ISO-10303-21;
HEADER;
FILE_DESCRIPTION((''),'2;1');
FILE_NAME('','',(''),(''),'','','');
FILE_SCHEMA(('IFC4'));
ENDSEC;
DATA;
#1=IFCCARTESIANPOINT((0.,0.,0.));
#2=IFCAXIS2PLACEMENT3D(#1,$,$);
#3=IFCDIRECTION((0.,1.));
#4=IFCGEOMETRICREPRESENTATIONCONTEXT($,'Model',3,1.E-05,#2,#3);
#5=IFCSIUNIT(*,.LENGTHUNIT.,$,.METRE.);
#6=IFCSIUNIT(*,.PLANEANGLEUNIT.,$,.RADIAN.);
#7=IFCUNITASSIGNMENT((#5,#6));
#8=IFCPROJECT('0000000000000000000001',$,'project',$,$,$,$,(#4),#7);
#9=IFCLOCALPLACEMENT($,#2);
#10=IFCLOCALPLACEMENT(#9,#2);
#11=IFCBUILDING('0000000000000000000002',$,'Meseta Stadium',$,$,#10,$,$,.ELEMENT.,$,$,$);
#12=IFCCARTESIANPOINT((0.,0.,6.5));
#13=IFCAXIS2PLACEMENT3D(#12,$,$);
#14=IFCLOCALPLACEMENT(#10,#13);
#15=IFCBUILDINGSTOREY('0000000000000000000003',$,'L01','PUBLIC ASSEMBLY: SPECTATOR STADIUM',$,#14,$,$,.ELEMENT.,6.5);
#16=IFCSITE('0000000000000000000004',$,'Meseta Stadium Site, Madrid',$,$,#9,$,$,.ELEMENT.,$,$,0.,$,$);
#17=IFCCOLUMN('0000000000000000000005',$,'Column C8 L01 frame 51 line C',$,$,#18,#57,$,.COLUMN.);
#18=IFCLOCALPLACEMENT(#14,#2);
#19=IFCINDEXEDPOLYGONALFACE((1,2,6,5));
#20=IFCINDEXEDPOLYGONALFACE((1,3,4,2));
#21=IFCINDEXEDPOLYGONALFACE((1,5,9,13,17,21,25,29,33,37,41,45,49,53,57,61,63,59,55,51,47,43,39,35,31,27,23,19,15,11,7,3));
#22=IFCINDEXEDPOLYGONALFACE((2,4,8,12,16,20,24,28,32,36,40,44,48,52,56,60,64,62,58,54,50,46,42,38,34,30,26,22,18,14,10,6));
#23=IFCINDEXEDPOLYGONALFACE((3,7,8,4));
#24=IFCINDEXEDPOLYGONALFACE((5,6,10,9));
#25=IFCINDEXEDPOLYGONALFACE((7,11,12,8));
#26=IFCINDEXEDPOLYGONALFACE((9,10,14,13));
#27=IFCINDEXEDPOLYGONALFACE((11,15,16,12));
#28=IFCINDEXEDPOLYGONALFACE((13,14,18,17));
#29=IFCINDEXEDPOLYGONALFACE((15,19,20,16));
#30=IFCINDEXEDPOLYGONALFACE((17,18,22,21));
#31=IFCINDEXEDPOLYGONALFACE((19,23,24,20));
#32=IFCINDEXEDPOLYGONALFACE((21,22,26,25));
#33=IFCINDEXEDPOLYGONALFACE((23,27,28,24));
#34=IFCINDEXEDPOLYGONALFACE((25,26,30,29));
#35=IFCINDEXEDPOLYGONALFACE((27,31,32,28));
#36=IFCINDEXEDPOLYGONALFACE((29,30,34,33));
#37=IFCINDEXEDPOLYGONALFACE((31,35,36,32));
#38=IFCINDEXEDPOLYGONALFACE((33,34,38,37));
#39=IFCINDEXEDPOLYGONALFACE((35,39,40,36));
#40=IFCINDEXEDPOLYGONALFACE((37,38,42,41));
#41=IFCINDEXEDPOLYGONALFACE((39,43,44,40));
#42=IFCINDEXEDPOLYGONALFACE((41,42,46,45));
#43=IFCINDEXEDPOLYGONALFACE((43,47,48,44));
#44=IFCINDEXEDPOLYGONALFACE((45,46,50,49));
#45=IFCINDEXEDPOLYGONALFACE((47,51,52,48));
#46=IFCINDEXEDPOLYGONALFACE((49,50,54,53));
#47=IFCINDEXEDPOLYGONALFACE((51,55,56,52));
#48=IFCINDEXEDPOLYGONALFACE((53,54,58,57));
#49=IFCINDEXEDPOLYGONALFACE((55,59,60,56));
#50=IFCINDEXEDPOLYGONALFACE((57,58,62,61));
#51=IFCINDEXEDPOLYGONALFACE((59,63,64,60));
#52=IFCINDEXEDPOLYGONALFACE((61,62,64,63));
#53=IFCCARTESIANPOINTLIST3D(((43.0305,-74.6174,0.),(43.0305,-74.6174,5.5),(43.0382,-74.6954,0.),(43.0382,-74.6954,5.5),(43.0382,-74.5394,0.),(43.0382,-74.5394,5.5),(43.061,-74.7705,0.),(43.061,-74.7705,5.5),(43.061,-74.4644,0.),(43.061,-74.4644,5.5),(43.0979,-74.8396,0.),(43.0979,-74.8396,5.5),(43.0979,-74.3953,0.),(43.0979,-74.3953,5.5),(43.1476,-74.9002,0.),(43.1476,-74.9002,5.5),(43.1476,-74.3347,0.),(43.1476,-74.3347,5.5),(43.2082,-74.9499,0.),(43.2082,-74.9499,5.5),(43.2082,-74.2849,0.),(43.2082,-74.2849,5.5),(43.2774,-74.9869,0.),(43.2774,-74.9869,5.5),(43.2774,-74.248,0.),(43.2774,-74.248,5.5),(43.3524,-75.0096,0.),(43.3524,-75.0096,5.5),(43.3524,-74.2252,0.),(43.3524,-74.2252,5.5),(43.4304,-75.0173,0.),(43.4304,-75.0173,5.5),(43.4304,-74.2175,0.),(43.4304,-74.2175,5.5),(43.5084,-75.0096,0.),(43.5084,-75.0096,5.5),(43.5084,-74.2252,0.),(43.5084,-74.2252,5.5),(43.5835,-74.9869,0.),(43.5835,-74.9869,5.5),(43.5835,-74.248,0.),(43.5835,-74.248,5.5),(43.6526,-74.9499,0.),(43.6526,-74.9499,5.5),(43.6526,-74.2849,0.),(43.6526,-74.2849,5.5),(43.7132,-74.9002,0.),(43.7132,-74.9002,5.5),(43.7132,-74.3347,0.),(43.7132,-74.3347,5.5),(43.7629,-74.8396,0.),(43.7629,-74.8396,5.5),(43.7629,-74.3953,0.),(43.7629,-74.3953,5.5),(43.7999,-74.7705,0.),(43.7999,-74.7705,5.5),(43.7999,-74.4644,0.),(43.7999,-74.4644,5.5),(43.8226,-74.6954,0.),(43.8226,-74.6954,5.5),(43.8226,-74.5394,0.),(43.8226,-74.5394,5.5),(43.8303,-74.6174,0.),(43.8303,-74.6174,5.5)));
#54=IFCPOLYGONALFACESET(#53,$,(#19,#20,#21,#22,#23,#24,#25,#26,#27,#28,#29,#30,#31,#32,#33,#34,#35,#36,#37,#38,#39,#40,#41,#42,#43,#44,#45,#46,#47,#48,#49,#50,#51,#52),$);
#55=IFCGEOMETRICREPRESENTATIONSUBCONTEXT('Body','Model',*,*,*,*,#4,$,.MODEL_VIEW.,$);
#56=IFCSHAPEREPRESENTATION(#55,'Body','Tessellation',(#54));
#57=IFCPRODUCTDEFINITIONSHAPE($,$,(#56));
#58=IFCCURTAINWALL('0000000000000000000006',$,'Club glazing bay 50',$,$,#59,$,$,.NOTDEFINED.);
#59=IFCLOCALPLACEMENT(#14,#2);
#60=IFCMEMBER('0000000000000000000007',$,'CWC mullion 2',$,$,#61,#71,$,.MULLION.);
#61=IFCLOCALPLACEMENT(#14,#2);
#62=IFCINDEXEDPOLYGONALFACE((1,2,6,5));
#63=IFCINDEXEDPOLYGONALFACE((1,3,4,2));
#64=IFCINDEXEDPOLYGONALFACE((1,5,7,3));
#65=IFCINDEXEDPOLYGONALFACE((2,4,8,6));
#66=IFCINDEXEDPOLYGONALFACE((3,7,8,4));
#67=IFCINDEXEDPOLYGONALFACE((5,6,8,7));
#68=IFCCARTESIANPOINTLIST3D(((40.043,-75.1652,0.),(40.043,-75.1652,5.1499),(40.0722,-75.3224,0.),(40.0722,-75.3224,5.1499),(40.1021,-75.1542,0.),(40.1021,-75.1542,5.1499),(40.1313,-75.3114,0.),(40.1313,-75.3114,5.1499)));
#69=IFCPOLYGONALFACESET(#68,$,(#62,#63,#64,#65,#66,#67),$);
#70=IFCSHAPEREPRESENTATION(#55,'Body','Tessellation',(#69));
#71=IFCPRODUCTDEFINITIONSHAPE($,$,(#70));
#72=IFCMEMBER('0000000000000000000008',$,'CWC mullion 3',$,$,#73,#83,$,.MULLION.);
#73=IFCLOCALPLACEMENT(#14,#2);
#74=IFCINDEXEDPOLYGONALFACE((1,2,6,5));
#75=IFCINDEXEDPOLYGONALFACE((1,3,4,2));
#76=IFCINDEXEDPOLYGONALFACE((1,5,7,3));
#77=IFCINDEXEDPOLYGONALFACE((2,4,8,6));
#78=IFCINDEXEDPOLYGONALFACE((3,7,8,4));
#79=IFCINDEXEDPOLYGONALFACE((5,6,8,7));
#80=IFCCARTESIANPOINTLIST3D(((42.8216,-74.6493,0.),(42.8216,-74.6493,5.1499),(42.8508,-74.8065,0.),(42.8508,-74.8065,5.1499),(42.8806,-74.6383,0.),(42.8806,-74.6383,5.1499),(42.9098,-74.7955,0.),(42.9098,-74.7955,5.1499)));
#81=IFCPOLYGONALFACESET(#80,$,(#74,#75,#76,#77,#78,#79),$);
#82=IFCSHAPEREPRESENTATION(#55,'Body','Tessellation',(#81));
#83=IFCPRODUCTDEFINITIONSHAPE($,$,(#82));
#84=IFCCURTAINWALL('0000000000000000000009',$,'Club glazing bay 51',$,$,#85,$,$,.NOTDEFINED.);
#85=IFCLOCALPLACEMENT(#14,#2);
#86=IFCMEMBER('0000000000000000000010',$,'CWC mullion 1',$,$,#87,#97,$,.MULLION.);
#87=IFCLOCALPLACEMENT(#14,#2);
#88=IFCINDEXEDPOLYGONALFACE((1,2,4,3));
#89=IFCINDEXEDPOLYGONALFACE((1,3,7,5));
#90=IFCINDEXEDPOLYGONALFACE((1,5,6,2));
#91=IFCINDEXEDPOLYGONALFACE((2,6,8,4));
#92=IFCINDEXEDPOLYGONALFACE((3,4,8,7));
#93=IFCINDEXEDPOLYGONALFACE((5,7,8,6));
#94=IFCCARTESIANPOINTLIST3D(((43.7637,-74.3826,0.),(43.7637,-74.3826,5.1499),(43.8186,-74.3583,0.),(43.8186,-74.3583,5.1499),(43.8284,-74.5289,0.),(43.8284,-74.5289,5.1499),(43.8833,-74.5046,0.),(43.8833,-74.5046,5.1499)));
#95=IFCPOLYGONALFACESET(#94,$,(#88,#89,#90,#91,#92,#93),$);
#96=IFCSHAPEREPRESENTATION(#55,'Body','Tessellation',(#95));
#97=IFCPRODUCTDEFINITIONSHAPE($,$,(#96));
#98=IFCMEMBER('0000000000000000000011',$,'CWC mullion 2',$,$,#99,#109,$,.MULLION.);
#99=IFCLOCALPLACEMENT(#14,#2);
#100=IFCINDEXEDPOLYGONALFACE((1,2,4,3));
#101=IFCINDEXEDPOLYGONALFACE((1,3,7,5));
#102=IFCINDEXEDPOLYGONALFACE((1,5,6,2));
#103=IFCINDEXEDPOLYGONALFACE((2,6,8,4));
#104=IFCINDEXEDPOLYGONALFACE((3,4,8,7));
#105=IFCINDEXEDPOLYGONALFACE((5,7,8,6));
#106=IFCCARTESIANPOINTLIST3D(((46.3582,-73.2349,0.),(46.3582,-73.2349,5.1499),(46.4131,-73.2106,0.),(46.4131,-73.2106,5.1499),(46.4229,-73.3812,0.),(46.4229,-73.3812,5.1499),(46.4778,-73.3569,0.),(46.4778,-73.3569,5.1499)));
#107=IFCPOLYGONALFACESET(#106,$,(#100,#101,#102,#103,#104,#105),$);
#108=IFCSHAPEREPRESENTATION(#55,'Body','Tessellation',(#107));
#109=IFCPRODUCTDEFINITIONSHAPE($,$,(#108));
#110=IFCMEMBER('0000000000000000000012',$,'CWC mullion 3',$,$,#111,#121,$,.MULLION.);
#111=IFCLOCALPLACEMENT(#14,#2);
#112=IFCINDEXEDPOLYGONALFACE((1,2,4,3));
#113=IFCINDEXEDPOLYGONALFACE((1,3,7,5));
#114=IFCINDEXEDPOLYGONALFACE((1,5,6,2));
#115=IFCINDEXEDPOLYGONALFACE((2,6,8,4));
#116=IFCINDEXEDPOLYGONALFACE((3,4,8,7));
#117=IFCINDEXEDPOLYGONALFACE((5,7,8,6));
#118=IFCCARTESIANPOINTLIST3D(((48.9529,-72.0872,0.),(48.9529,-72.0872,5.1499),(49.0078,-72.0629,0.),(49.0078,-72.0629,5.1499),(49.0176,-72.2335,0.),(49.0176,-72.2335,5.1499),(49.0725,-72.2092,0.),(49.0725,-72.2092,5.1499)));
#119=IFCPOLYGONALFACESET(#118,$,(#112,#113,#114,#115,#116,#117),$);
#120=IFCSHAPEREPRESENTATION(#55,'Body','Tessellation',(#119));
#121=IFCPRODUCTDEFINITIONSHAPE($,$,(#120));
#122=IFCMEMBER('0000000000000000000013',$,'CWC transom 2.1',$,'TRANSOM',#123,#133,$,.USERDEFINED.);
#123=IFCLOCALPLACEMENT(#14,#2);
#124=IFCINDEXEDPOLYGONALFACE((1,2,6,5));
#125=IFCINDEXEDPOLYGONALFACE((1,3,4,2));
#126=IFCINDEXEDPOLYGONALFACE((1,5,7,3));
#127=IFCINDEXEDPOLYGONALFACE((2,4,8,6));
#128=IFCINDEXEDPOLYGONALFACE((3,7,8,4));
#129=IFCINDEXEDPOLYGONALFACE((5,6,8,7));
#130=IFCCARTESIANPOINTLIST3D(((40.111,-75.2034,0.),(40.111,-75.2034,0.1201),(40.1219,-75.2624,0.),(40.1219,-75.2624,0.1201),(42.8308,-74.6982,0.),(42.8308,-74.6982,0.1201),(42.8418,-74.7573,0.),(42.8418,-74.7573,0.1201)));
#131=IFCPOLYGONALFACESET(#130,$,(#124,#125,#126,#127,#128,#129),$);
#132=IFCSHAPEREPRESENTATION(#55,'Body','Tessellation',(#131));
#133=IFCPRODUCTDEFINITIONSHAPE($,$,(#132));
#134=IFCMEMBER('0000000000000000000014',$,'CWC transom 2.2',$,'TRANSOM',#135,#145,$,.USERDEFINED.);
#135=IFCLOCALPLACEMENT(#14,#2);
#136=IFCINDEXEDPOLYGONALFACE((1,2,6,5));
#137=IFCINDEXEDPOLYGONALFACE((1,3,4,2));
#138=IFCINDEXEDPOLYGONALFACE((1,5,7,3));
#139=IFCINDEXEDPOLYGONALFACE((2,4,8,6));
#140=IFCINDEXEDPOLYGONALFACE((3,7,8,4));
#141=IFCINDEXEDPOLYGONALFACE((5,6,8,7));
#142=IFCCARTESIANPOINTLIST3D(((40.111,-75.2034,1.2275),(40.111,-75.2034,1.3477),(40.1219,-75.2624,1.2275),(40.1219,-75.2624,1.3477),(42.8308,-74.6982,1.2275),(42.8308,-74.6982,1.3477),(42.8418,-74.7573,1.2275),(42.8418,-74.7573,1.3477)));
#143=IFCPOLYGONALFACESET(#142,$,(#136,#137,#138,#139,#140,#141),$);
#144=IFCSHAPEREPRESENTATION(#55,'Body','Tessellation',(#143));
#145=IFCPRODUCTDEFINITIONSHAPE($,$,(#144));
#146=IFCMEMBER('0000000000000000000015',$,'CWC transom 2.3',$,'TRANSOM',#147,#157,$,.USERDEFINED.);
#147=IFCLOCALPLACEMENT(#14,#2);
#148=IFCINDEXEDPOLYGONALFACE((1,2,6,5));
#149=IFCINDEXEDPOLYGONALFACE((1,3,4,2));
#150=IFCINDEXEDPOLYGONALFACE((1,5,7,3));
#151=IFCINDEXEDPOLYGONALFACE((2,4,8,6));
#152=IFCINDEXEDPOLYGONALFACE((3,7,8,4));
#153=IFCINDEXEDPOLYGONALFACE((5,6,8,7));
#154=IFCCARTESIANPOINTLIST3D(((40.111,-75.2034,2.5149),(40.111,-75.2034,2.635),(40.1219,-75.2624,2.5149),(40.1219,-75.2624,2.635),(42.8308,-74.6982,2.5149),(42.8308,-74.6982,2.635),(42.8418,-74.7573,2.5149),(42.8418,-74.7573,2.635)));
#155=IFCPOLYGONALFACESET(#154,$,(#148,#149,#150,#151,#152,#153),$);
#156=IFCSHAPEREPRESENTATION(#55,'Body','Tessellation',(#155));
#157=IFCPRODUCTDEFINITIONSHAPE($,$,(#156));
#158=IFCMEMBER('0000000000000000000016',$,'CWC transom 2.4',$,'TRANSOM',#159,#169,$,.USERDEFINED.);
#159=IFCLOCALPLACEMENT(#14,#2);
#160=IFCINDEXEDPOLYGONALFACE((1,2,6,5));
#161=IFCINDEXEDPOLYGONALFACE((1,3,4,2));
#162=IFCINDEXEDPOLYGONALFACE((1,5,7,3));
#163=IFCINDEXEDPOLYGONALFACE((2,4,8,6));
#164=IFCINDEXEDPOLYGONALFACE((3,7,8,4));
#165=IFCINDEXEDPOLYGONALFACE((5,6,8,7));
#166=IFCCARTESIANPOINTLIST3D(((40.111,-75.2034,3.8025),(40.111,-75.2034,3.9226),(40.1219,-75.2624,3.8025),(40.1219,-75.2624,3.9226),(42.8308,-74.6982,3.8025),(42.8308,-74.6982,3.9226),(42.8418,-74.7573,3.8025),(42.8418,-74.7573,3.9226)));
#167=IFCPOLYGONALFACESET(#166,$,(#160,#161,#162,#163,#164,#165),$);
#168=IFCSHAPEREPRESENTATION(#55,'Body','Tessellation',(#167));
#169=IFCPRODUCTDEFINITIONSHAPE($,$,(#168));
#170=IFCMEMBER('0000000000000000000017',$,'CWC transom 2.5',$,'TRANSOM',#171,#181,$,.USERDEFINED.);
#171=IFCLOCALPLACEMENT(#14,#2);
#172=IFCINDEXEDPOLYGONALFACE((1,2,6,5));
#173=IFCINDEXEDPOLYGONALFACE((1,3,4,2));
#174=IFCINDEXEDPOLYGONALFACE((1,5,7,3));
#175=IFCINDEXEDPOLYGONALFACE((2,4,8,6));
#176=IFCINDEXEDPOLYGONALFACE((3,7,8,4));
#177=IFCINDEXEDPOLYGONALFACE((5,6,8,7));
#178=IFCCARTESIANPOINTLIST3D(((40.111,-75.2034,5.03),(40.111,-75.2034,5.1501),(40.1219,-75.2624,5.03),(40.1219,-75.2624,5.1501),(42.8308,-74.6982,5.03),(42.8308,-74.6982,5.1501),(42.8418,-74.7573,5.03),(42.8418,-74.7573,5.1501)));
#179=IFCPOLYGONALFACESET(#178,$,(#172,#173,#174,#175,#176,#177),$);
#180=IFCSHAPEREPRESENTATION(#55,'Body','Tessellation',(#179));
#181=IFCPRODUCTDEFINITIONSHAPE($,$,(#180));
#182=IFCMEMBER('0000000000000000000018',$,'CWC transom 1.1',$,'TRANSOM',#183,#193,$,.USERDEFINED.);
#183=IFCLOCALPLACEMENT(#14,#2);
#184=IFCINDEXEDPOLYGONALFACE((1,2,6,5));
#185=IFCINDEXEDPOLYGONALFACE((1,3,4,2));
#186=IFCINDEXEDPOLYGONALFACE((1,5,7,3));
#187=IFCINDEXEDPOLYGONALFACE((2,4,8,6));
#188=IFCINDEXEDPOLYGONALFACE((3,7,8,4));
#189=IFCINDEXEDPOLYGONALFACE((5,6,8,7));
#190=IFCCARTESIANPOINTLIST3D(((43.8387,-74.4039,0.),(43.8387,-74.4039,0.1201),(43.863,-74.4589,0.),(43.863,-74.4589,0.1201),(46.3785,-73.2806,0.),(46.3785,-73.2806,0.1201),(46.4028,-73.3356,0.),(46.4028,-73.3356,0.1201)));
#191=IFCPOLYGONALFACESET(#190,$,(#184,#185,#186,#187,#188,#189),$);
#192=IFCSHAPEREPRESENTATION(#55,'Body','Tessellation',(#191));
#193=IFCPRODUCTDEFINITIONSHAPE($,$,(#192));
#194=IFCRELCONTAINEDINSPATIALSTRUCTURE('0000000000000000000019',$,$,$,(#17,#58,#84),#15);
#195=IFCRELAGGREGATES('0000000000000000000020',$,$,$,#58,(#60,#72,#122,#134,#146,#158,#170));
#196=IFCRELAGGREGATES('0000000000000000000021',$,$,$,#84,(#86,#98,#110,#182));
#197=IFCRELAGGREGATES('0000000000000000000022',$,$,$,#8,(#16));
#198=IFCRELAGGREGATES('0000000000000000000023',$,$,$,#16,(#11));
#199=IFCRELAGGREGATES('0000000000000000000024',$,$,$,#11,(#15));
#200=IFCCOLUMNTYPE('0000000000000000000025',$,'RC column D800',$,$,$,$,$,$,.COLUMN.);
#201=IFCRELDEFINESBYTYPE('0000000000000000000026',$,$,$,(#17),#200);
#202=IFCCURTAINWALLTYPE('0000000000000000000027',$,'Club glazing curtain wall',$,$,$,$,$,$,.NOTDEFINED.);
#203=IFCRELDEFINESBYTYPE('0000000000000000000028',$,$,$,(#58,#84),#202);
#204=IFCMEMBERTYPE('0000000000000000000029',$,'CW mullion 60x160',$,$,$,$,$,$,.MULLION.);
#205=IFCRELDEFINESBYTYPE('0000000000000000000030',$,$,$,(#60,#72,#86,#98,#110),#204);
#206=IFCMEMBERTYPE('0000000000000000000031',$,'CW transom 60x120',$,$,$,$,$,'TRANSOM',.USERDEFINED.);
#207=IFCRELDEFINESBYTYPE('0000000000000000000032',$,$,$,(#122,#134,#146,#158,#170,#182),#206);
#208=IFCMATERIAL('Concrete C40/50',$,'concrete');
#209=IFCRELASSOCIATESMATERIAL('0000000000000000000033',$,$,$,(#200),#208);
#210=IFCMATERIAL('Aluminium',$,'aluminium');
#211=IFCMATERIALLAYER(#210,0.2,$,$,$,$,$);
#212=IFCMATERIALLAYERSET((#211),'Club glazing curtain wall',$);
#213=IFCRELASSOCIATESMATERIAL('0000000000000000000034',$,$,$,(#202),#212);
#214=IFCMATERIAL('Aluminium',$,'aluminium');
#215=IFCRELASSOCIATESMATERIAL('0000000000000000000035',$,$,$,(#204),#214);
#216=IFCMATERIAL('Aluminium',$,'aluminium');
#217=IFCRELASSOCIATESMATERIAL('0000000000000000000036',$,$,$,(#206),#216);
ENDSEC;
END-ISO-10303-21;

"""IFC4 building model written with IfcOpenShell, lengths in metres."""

from ifc_helpers import new_model, si_unit, direction, frame, origin, origin_2d, place, context, subcontext, project, spatial, rectangle, circle, extrude, material, layer, layer_set, material_profile, profile_set, type_object, element, aggregate, save


model = new_model("IFC4")

# Units and contexts
model_context = context("Model", 3, precision=1e-05, world=origin(), true_north=direction((0.0, 1.0)))
body_context = subcontext(model_context, "Body", "Model", "MODEL_VIEW")
ifc_project = project(units=[si_unit("LENGTHUNIT", "METRE"), si_unit("PLANEANGLEUNIT", "RADIAN")], contexts=[model_context])

# Site, building, storey
site_placement = place(None, origin())
site = spatial("IfcSite", under=ifc_project, at=site_placement, Name="Meseta Stadium Site, Madrid", CompositionType="ELEMENT", RefElevation=0.0)
building_placement = place(site_placement, origin())
building = spatial("IfcBuilding", under=site, at=building_placement, Name="Meseta Stadium", CompositionType="ELEMENT")
storey_placement = place(building_placement, frame((0.0, 0.0, 6.5)))
storey = spatial("IfcBuildingStorey", under=building, at=storey_placement, Name="L01", Description="PUBLIC ASSEMBLY: SPECTATOR STADIUM", CompositionType="ELEMENT", Elevation=6.5)

# Column
ifc_material_1 = material(Name="Concrete C40/50", Category="concrete")
ifc_material_profile_1 = material_profile(ifc_material_1, circle(Radius=0.3999, at=origin_2d()), Name="RC D800")
ifc_profile_set_1 = profile_set([ifc_material_profile_1], Name="Concrete C40/50")
column_type = type_object("IfcColumnType", Name="RC column D800", PredefinedType="COLUMN", material=ifc_profile_set_1)
column_placement = place(storey_placement, frame((43.4304, -74.6174, 0.0), z_axis=(0.0, 0.0, 1.0), x_axis=(1.0, 0.0, 0.0)))
element("IfcColumn", 1, at=column_placement, inside=storey, type_object=column_type, Name="Column C8 L01 frame 51 line C", PredefinedType="COLUMN", context=body_context, shape_type="SweptSolid", body=[
    extrude(circle(Radius=0.3999, at=origin_2d()), origin(), (0.0, 0.0, 1.0), 5.5),
])

# Curtain walls, members
ifc_material_2 = material(Name="Aluminium", Category="aluminium")
ifc_layer_1 = layer(ifc_material_2, 0.2)
ifc_layer_set_1 = layer_set([ifc_layer_1], Name="Club glazing curtain wall")
curtain_wall_type = type_object("IfcCurtainWallType", Name="Club glazing curtain wall", PredefinedType="NOTDEFINED", material=ifc_layer_set_1)
curtain_wall_1_placement = place(storey_placement, origin())
curtain_wall_1 = element("IfcCurtainWall", 2, at=curtain_wall_1_placement, inside=storey, type_object=curtain_wall_type, Name="Club glazing bay 50", PredefinedType="NOTDEFINED")
ifc_material_3 = material(Name="Aluminium", Category="aluminium")
ifc_material_profile_2 = material_profile(ifc_material_3, rectangle(XDim=0.1599, YDim=0.0601, at=origin_2d()), Name="CW 160x60")
ifc_profile_set_2 = profile_set([ifc_material_profile_2], Name="Aluminium")
member_type_1 = type_object("IfcMemberType", Name="CW mullion 60x160", PredefinedType="MULLION", material=ifc_profile_set_2)
member_1_placement = place(storey_placement, frame((40.0872, -75.2383, 0.0), z_axis=(0.0, 0.0, 1.0), x_axis=(-0.1826, 0.983187, 0.0)))
member_1 = element("IfcMember", 3, at=member_1_placement, type_object=member_type_1, Name="CWC mullion 2", PredefinedType="MULLION", context=body_context, shape_type="SweptSolid", body=[
    extrude(rectangle(XDim=0.1599, YDim=0.0601, at=origin_2d()), origin(), (0.0, 0.0, 1.0), 5.1499),
])
member_2_placement = place(storey_placement, frame((42.8657, -74.7224, 0.0), z_axis=(0.0, 0.0, 1.0), x_axis=(-0.1826, 0.983187, 0.0)))
member_2 = element("IfcMember", 4, at=member_2_placement, type_object=member_type_1, Name="CWC mullion 3", PredefinedType="MULLION", context=body_context, shape_type="SweptSolid", body=[
    extrude(rectangle(XDim=0.1599, YDim=0.0601, at=origin_2d()), origin(), (0.0, 0.0, 1.0), 5.1499),
])
curtain_wall_2_placement = place(storey_placement, origin())
curtain_wall_2 = element("IfcCurtainWall", 5, at=curtain_wall_2_placement, inside=storey, type_object=curtain_wall_type, Name="Club glazing bay 51", PredefinedType="NOTDEFINED")
member_3_placement = place(storey_placement, frame((43.8235, -74.4436, 0.0), z_axis=(0.0, 0.0, 1.0), x_axis=(-0.404524, 0.914527, 0.0)))
member_3 = element("IfcMember", 6, at=member_3_placement, type_object=member_type_1, Name="CWC mullion 1", PredefinedType="MULLION", context=body_context, shape_type="SweptSolid", body=[
    extrude(rectangle(XDim=0.1599, YDim=0.0601, at=origin_2d()), origin(), (0.0, 0.0, 1.0), 5.1499),
])
member_4_placement = place(storey_placement, frame((46.418, -73.2959, 0.0), z_axis=(0.0, 0.0, 1.0), x_axis=(-0.404524, 0.914527, 0.0)))
member_4 = element("IfcMember", 7, at=member_4_placement, type_object=member_type_1, Name="CWC mullion 2", PredefinedType="MULLION", context=body_context, shape_type="SweptSolid", body=[
    extrude(rectangle(XDim=0.1599, YDim=0.0601, at=origin_2d()), origin(), (0.0, 0.0, 1.0), 5.1499),
])
member_5_placement = place(storey_placement, frame((49.0127, -72.1482, 0.0), z_axis=(0.0, 0.0, 1.0), x_axis=(-0.404524, 0.914527, 0.0)))
member_5 = element("IfcMember", 8, at=member_5_placement, type_object=member_type_1, Name="CWC mullion 3", PredefinedType="MULLION", context=body_context, shape_type="SweptSolid", body=[
    extrude(rectangle(XDim=0.1599, YDim=0.0601, at=origin_2d()), origin(), (0.0, 0.0, 1.0), 5.1499),
])

# Members
ifc_material_4 = material(Name="Aluminium", Category="aluminium")
ifc_material_profile_3 = material_profile(ifc_material_4, rectangle(XDim=0.0601, YDim=0.1201, at=origin_2d()), Name="CW 60x120")
ifc_profile_set_3 = profile_set([ifc_material_profile_3], Name="Aluminium")
member_type_2 = type_object("IfcMemberType", Name="CW transom 60x120", ElementType="TRANSOM", PredefinedType="USERDEFINED", material=ifc_profile_set_3)
member_6_placement = place(storey_placement, frame((40.1165, -75.2329, 0.0601), z_axis=(0.983186, 0.182604, 0.0), x_axis=(-0.182604, 0.983186, 0.0)))
member_6 = element("IfcMember", 9, at=member_6_placement, type_object=member_type_2, Name="CWC transom 2.1", ObjectType="TRANSOM", PredefinedType="USERDEFINED", context=body_context, shape_type="SweptSolid", body=[
    extrude(rectangle(XDim=0.0601, YDim=0.1201, at=origin_2d()), origin(), (0.0, 0.0, 1.0), 2.7664),
])
member_7_placement = place(storey_placement, frame((40.1165, -75.2329, 1.2876), z_axis=(0.983186, 0.182604, 0.0), x_axis=(-0.182604, 0.983186, 0.0)))
member_7 = element("IfcMember", 10, at=member_7_placement, type_object=member_type_2, Name="CWC transom 2.2", ObjectType="TRANSOM", PredefinedType="USERDEFINED", context=body_context, shape_type="SweptSolid", body=[
    extrude(rectangle(XDim=0.0601, YDim=0.1201, at=origin_2d()), origin(), (0.0, 0.0, 1.0), 2.7664),
])
member_8_placement = place(storey_placement, frame((40.1165, -75.2329, 2.575), z_axis=(0.983186, 0.182604, 0.0), x_axis=(-0.182604, 0.983186, 0.0)))
member_8 = element("IfcMember", 11, at=member_8_placement, type_object=member_type_2, Name="CWC transom 2.3", ObjectType="TRANSOM", PredefinedType="USERDEFINED", context=body_context, shape_type="SweptSolid", body=[
    extrude(rectangle(XDim=0.0601, YDim=0.1201, at=origin_2d()), origin(), (0.0, 0.0, 1.0), 2.7664),
])
member_9_placement = place(storey_placement, frame((40.1165, -75.2329, 3.8625), z_axis=(0.983186, 0.182604, 0.0), x_axis=(-0.182604, 0.983186, 0.0)))
member_9 = element("IfcMember", 12, at=member_9_placement, type_object=member_type_2, Name="CWC transom 2.4", ObjectType="TRANSOM", PredefinedType="USERDEFINED", context=body_context, shape_type="SweptSolid", body=[
    extrude(rectangle(XDim=0.0601, YDim=0.1201, at=origin_2d()), origin(), (0.0, 0.0, 1.0), 2.7664),
])
member_10_placement = place(storey_placement, frame((40.1165, -75.2329, 5.0901), z_axis=(0.983186, 0.182604, 0.0), x_axis=(-0.182604, 0.983186, 0.0)))
member_10 = element("IfcMember", 13, at=member_10_placement, type_object=member_type_2, Name="CWC transom 2.5", ObjectType="TRANSOM", PredefinedType="USERDEFINED", context=body_context, shape_type="SweptSolid", body=[
    extrude(rectangle(XDim=0.0601, YDim=0.1201, at=origin_2d()), origin(), (0.0, 0.0, 1.0), 2.7664),
])
member_11_placement = place(storey_placement, frame((43.8508, -74.4314, 0.0601), z_axis=(0.914546, 0.404482, 0.0), x_axis=(-0.404482, 0.914546, 0.0)))
member_11 = element("IfcMember", 14, at=member_11_placement, type_object=member_type_2, Name="CWC transom 1.1", ObjectType="TRANSOM", PredefinedType="USERDEFINED", context=body_context, shape_type="SweptSolid", body=[
    extrude(rectangle(XDim=0.0601, YDim=0.1201, at=origin_2d()), origin(), (0.0, 0.0, 1.0), 2.7771),
])

aggregate(curtain_wall_1, [member_1, member_2, member_6, member_7, member_8, member_9, member_10])
aggregate(curtain_wall_2, [member_3, member_4, member_5, member_11])

save(model, "model.ifc")
